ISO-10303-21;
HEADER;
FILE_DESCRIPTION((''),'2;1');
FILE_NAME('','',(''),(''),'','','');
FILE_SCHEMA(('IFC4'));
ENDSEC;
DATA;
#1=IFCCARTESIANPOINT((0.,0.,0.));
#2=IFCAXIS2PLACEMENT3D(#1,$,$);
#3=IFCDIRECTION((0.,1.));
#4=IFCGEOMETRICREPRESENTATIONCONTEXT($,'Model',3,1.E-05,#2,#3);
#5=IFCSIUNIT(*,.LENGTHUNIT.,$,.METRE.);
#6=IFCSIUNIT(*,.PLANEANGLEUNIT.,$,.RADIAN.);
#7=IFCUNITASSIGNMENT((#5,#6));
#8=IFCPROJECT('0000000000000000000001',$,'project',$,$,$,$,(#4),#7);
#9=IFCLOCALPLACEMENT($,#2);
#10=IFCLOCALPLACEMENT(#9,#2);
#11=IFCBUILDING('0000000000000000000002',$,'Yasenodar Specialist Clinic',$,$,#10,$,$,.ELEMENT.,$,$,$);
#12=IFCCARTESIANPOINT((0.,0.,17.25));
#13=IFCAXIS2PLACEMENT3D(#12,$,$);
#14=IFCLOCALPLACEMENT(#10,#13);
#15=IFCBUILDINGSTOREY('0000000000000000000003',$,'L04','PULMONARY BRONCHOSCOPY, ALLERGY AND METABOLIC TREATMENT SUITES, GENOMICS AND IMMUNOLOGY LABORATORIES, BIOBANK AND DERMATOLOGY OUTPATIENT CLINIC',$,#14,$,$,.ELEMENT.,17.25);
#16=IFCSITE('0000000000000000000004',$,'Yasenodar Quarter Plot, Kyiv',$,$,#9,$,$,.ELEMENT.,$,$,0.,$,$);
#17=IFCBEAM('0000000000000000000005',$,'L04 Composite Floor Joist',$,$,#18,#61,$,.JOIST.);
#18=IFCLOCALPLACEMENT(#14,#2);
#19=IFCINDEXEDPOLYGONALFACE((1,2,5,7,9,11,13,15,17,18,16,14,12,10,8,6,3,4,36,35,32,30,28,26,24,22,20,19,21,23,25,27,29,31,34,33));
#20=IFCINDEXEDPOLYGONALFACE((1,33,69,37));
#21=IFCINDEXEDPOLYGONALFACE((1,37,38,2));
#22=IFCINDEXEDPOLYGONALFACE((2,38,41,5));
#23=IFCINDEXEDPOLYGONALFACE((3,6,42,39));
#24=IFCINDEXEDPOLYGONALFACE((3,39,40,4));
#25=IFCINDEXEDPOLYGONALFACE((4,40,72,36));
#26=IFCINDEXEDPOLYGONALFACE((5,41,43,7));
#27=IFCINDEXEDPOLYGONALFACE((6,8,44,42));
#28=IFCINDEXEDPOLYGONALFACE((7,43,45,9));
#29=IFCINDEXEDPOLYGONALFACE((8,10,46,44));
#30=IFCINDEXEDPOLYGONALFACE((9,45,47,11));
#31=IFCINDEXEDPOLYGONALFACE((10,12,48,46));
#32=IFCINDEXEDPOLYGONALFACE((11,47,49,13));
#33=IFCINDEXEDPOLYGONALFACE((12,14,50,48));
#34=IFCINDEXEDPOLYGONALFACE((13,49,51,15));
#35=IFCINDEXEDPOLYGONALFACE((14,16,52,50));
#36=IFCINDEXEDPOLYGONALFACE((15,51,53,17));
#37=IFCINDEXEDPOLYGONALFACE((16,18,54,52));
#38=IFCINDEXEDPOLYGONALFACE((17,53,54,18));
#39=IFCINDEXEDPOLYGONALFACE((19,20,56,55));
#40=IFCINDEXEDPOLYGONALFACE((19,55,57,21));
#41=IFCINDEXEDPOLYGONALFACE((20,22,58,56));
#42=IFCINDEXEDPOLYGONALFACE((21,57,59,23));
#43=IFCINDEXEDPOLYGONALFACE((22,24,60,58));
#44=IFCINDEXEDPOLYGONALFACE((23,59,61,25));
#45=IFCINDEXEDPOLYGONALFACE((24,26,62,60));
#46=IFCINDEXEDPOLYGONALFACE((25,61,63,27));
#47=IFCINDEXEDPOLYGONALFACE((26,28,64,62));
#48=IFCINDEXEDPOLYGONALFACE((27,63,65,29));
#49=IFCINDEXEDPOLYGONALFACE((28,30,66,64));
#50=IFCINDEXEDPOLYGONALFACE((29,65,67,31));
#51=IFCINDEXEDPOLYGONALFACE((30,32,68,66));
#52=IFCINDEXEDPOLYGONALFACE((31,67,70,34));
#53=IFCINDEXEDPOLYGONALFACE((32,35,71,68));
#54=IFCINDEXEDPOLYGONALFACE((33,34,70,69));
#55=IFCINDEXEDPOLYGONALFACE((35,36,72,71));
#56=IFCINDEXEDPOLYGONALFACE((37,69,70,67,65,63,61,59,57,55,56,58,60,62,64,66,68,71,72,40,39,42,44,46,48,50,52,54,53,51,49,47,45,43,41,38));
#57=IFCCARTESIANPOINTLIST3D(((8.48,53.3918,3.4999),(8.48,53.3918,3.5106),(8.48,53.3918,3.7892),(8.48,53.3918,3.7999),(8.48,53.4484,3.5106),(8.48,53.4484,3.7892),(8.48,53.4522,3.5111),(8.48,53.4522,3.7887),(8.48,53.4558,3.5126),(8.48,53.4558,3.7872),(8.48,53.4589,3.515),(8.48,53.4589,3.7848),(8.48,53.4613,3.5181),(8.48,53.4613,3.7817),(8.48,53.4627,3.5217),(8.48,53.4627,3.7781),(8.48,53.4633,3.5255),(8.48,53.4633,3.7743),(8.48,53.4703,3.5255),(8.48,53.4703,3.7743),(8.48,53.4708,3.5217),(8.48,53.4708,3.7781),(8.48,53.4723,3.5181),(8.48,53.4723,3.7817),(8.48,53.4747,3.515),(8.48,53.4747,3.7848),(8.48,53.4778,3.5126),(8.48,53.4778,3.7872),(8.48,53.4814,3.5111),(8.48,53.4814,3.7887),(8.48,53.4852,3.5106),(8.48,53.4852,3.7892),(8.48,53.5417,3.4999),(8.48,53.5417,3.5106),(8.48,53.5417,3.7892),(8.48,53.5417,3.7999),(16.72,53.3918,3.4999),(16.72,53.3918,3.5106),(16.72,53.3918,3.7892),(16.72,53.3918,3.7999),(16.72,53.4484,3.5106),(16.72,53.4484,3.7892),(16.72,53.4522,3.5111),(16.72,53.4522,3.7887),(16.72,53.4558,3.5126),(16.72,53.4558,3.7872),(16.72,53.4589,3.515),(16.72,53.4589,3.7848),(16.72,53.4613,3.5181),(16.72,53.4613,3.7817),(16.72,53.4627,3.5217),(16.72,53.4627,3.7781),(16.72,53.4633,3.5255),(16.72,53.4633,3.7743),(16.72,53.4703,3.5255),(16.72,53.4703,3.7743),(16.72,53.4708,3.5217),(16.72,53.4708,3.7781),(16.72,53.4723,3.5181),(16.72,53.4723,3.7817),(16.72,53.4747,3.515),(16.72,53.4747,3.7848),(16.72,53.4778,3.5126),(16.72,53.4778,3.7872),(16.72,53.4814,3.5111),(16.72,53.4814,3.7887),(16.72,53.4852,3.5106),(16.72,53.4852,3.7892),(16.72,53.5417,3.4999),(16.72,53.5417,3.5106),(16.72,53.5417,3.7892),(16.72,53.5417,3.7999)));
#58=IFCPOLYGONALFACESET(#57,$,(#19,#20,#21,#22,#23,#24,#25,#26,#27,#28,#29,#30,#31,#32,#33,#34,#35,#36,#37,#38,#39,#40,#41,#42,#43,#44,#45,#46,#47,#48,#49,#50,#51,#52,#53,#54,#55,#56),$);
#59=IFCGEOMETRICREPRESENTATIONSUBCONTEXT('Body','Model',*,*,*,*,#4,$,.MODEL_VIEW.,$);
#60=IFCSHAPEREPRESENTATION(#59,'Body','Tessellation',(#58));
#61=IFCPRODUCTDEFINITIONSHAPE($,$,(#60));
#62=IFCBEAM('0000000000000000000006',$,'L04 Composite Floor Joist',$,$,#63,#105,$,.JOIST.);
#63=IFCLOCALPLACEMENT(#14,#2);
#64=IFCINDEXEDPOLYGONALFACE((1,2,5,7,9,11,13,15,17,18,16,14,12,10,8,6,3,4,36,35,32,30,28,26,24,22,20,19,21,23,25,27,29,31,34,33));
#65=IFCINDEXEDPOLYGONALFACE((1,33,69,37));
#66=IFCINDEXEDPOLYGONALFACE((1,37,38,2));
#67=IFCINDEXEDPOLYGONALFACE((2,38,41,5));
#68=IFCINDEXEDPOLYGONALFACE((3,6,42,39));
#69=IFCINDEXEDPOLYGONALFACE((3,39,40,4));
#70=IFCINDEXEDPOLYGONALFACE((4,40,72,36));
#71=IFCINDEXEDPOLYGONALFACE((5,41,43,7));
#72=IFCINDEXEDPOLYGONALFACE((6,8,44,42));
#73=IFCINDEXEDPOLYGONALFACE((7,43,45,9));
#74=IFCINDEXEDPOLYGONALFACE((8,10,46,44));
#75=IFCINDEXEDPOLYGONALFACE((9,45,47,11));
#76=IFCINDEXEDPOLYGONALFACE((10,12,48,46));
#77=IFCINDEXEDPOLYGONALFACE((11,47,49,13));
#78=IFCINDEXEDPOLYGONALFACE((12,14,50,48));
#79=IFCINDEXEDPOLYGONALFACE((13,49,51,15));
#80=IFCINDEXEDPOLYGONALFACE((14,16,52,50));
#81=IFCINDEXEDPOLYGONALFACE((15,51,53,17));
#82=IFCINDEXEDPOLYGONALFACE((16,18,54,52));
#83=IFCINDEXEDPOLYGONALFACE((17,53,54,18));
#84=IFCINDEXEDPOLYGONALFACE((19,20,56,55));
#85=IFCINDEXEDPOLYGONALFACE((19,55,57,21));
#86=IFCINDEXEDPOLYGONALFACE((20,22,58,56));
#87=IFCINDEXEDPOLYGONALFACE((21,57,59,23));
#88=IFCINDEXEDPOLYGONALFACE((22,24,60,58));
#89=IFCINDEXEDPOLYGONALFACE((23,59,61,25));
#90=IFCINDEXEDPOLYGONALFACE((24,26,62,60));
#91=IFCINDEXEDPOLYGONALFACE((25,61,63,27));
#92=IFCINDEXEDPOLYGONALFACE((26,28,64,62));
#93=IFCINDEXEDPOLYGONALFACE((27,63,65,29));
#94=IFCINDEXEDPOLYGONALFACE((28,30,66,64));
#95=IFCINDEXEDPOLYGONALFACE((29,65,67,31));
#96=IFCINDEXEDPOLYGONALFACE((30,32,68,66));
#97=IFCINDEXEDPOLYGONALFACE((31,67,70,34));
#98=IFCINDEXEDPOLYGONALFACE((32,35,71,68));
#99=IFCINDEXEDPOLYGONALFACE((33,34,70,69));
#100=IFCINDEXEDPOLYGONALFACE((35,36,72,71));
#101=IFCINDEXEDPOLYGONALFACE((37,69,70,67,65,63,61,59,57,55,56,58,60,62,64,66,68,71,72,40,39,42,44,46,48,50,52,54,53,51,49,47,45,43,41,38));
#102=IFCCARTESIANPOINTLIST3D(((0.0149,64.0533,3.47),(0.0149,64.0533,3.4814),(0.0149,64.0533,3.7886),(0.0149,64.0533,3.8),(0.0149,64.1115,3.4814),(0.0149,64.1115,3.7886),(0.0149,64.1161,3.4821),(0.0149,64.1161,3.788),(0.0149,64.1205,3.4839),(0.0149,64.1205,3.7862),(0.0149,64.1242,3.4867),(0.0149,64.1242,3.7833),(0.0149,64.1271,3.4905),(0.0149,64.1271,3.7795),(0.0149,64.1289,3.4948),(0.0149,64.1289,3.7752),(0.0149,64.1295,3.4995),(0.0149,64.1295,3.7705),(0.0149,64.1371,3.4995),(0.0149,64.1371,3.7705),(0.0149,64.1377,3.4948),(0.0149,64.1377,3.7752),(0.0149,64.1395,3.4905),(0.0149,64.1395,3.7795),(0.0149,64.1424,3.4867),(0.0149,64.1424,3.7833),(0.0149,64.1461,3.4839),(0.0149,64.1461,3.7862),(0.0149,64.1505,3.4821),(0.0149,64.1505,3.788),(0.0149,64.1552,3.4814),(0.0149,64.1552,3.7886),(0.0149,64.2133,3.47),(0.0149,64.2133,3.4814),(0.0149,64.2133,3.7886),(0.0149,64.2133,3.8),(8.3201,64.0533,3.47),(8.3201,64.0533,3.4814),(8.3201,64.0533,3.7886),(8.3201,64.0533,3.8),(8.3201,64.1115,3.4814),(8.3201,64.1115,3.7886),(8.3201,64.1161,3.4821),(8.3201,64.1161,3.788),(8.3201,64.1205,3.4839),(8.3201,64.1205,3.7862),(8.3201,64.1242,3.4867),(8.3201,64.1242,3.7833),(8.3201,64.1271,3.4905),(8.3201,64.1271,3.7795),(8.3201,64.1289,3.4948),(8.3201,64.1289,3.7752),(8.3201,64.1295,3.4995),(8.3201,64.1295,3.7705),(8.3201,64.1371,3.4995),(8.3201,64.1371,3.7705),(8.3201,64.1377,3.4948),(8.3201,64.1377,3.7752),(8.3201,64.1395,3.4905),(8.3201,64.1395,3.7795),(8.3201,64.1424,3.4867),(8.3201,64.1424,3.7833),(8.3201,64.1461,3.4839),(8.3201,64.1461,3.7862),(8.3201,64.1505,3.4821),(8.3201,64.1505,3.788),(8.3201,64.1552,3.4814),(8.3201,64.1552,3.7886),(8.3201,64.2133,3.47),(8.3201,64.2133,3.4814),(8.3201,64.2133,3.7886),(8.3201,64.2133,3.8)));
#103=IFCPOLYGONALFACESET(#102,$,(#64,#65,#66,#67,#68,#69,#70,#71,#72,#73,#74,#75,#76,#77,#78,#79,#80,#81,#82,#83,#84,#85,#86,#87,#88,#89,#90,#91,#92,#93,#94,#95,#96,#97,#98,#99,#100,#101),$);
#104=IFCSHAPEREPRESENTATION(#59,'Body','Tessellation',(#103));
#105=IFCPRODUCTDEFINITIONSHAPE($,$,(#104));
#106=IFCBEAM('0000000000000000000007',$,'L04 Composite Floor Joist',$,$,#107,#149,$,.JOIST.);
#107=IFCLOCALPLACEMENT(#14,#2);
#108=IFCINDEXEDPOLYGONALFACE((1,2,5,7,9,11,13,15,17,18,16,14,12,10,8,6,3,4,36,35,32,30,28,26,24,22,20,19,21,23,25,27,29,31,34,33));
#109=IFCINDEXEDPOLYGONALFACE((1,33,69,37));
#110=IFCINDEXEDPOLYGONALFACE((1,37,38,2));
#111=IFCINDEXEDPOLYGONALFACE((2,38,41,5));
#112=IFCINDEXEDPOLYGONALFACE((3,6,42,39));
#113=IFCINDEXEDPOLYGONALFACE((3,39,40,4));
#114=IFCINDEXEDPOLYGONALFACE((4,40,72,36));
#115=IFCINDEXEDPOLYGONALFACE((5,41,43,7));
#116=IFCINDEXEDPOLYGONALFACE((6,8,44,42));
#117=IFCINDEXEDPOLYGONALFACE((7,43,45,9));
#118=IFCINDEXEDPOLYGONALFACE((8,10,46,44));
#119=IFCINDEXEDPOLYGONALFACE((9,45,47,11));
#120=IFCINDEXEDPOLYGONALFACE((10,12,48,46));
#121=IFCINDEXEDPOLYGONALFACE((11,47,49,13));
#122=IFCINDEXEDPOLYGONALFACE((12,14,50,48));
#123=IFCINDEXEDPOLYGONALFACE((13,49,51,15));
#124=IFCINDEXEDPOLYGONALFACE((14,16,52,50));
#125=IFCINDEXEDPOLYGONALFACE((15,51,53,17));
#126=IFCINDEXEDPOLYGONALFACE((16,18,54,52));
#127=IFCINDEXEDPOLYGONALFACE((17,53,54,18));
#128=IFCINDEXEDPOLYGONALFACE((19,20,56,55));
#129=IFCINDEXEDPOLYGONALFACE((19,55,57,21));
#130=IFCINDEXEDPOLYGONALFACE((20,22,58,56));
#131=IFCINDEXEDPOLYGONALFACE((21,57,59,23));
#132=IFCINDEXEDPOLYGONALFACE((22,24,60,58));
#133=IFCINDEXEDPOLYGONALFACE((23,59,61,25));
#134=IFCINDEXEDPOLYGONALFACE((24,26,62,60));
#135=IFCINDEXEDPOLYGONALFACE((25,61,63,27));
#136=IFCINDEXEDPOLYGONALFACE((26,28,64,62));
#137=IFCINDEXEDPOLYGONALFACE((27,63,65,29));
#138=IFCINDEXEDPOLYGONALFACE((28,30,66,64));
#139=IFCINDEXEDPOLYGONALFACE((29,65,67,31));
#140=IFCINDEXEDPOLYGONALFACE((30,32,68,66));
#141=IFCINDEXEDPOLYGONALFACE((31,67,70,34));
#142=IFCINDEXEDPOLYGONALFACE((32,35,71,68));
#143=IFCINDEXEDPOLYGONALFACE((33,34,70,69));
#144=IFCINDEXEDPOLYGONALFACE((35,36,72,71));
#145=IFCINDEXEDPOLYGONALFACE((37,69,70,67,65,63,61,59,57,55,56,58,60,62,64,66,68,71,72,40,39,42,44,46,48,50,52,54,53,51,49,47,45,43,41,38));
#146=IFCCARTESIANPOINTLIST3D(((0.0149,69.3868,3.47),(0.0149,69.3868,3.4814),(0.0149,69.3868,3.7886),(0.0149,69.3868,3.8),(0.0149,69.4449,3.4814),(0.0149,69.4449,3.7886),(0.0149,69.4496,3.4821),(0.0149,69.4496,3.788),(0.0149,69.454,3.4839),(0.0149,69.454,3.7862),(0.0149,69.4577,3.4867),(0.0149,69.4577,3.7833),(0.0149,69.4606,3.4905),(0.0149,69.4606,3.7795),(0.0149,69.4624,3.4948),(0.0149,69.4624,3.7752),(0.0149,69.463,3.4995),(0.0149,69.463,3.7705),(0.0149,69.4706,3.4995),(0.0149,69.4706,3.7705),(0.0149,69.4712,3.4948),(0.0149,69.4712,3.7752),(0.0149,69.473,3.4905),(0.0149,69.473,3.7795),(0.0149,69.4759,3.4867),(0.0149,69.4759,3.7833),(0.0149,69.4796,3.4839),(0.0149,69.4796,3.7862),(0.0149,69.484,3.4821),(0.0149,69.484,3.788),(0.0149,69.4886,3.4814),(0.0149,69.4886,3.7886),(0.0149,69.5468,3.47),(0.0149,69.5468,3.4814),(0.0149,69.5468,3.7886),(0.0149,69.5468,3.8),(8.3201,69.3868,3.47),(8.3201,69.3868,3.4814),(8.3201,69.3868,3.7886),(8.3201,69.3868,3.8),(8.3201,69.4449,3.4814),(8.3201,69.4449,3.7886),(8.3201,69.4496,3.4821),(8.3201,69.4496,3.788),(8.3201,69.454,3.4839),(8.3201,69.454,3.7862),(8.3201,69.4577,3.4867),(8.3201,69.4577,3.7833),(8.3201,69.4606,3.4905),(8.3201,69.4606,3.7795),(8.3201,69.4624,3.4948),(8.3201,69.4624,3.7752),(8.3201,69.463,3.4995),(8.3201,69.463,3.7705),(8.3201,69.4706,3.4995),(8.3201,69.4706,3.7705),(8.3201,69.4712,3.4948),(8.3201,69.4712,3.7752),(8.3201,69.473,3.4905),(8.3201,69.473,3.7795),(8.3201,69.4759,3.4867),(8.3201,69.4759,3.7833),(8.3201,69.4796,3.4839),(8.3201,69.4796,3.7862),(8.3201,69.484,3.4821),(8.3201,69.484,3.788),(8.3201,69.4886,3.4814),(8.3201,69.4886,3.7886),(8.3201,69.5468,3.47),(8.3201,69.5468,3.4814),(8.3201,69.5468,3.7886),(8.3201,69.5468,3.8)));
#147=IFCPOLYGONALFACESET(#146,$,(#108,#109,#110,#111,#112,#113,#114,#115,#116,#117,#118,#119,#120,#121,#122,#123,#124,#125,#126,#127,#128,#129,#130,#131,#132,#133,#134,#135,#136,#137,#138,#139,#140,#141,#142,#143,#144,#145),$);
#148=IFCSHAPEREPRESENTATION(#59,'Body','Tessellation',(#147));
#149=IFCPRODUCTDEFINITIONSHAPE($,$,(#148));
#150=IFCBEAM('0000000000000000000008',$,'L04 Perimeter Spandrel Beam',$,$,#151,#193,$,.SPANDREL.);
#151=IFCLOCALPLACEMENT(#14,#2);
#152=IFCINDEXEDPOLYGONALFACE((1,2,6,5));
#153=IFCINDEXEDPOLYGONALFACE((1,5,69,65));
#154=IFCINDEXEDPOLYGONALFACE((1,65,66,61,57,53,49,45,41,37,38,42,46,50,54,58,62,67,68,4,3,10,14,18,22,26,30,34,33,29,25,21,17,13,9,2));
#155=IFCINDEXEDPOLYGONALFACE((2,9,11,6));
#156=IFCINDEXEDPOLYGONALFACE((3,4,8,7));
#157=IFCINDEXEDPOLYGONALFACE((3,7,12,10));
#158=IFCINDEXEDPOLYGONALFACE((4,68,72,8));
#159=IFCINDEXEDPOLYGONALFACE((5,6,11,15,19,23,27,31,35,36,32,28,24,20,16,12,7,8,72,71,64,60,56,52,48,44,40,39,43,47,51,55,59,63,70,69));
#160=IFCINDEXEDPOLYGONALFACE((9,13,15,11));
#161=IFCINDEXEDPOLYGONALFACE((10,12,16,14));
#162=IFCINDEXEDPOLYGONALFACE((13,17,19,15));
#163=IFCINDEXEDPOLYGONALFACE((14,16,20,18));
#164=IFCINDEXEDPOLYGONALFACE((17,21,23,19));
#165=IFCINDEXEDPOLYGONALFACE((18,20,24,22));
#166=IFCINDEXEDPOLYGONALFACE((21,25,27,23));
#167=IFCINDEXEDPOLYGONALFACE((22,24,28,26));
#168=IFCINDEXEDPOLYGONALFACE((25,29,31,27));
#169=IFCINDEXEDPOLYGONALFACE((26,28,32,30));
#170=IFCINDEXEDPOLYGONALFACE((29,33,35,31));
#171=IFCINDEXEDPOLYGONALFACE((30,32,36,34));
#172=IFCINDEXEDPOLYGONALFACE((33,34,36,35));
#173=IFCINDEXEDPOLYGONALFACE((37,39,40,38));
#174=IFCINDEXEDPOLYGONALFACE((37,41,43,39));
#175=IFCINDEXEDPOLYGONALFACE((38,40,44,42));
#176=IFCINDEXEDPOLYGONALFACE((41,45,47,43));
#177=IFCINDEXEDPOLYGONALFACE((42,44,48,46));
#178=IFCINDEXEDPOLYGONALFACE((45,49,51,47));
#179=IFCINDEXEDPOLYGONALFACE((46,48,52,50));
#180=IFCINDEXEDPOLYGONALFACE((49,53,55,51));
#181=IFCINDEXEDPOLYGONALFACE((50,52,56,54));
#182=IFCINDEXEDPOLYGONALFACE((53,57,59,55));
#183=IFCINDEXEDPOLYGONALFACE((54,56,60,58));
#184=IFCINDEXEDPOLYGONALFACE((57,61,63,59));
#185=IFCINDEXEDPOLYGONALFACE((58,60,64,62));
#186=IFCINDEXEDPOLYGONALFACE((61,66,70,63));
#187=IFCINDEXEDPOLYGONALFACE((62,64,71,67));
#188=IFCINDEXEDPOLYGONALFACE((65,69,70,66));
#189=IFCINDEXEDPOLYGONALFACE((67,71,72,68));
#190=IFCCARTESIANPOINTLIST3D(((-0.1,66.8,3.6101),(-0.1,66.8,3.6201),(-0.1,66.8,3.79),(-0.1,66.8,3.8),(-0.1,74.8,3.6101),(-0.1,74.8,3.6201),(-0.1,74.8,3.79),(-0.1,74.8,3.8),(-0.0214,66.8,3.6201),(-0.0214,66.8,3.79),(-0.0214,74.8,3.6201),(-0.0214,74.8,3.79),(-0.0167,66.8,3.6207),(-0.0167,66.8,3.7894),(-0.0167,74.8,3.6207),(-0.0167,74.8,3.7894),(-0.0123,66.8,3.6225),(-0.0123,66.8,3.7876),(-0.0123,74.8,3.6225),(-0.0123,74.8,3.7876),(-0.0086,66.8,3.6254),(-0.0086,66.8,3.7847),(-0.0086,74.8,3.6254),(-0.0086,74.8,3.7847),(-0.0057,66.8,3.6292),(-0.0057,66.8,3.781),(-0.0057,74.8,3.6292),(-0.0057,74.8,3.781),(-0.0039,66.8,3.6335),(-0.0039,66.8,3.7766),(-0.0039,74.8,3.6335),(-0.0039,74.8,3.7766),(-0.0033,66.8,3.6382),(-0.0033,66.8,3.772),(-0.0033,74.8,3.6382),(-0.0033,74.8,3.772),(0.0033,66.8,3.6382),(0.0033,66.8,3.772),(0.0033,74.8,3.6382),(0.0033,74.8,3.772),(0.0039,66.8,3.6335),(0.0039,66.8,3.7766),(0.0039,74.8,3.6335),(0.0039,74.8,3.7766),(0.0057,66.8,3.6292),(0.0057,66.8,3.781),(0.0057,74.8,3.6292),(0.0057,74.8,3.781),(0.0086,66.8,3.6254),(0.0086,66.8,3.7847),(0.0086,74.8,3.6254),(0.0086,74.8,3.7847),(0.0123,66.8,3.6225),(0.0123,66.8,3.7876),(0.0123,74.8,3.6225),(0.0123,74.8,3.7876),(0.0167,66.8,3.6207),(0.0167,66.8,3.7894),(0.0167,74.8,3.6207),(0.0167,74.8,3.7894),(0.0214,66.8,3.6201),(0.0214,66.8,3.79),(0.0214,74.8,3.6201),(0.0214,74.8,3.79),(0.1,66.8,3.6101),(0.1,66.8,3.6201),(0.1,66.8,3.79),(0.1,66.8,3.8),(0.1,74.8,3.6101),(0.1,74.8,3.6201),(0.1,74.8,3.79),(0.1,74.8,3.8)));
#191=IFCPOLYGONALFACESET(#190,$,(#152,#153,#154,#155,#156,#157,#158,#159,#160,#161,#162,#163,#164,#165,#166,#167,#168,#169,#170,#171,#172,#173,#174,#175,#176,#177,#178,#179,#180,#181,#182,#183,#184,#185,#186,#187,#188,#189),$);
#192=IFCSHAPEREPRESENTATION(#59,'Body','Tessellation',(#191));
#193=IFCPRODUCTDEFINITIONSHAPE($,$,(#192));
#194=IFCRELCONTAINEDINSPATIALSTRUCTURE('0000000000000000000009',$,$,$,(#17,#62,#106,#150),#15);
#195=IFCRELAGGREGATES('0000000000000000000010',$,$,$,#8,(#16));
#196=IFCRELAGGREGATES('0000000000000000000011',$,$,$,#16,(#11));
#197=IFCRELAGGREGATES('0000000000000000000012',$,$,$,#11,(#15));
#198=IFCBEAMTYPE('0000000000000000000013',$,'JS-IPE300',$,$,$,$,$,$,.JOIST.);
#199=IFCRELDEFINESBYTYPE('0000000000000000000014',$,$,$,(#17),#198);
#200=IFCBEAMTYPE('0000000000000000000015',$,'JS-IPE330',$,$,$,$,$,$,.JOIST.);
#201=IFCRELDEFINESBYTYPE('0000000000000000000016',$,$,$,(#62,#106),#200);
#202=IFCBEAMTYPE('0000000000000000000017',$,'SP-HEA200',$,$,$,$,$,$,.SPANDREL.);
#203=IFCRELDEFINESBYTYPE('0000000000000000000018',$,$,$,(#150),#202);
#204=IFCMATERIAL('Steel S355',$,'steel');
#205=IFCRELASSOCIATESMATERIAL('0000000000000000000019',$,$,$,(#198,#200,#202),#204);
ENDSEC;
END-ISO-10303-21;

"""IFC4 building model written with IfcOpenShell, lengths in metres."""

from ifc_helpers import new_model, si_unit, direction, frame, origin, origin_2d, place, context, subcontext, project, spatial, i_section, extrude, material, material_profile, profile_set, type_object, element, save


model = new_model("IFC4")

# Units and contexts
model_context = context("Model", 3, precision=1e-05, world=origin(), true_north=direction((0.0, 1.0)))
body_context = subcontext(model_context, "Body", "Model", "MODEL_VIEW")
ifc_project = project(units=[si_unit("LENGTHUNIT", "METRE"), si_unit("PLANEANGLEUNIT", "RADIAN")], contexts=[model_context])

# Site, building, storey
site_placement = place(None, origin())
site = spatial("IfcSite", under=ifc_project, at=site_placement, Name="Yasenodar Quarter Plot, Kyiv", CompositionType="ELEMENT", RefElevation=0.0)
building_placement = place(site_placement, origin())
building = spatial("IfcBuilding", under=site, at=building_placement, Name="Yasenodar Specialist Clinic", CompositionType="ELEMENT")
storey_placement = place(building_placement, frame((0.0, 0.0, 17.25)))
storey = spatial("IfcBuildingStorey", under=building, at=storey_placement, Name="L04", Description="PULMONARY BRONCHOSCOPY, ALLERGY AND METABOLIC TREATMENT SUITES, GENOMICS AND IMMUNOLOGY LABORATORIES, BIOBANK AND DERMATOLOGY OUTPATIENT CLINIC", CompositionType="ELEMENT", Elevation=17.25)

# Shared definitions
ifc_material_1 = material(Name="Steel S355", Category="steel")

# Beams
ifc_material_profile_1 = material_profile(ifc_material_1, i_section(OverallWidth=0.1499, OverallDepth=0.3, WebThickness=0.0071, FlangeThickness=0.0107, FilletRadius=0.0149, at=origin_2d()), Name="IPE 300")
ifc_profile_set_1 = profile_set([ifc_material_profile_1], Name="Steel S355")
beam_type_1 = type_object("IfcBeamType", Name="JS-IPE300", PredefinedType="JOIST", material=ifc_profile_set_1)
beam_1_placement = place(storey_placement, frame((8.48, 53.4668, 3.6499), z_axis=(1.0, 0.0, 0.0), x_axis=(0.0, 1.0, 0.0)))
element("IfcBeam", 1, at=beam_1_placement, inside=storey, type_object=beam_type_1, Name="L04 Composite Floor Joist", PredefinedType="JOIST", context=body_context, shape_type="SweptSolid", body=[
    extrude(i_section(OverallWidth=0.1499, OverallDepth=0.3, WebThickness=0.0071, FlangeThickness=0.0107, FilletRadius=0.0149, at=origin_2d()), origin(), (0.0, 0.0, 1.0), 8.24),
])
ifc_material_profile_2 = material_profile(ifc_material_1, i_section(OverallWidth=0.1599, OverallDepth=0.3301, WebThickness=0.0076, FlangeThickness=0.0115, FilletRadius=0.0181, at=origin_2d()), Name="IPE 330")
ifc_profile_set_2 = profile_set([ifc_material_profile_2], Name="Steel S355")
beam_type_2 = type_object("IfcBeamType", Name="JS-IPE330", PredefinedType="JOIST", material=ifc_profile_set_2)
for number, where, z_axis, x_axis, name in (
    (2, (0.0149, 64.1333, 3.635), (1.0, 0.0, 0.0), (0.0, 1.0, 0.0), "L04 Composite Floor Joist"),
    (3, (0.0149, 69.4668, 3.635), (1.0, 0.0, 0.0), (0.0, 1.0, 0.0), "L04 Composite Floor Joist"),
):
    element("IfcBeam", number, at=place(storey_placement, frame(where, z_axis=z_axis, x_axis=x_axis)), inside=storey, type_object=beam_type_2, Name=name, PredefinedType="JOIST", context=body_context, shape_type="SweptSolid", body=[
        extrude(i_section(OverallWidth=0.1599, OverallDepth=0.3301, WebThickness=0.0076, FlangeThickness=0.0115, FilletRadius=0.0181, at=origin_2d()), origin(), (0.0, 0.0, 1.0), 8.3052),
    ])
ifc_material_profile_3 = material_profile(ifc_material_1, i_section(OverallWidth=0.2, OverallDepth=0.1899, WebThickness=0.0066, FlangeThickness=0.01, FilletRadius=0.0181, at=origin_2d()), Name="HEA 200")
ifc_profile_set_3 = profile_set([ifc_material_profile_3], Name="Steel S355")
beam_type_3 = type_object("IfcBeamType", Name="SP-HEA200", PredefinedType="SPANDREL", material=ifc_profile_set_3)
beam_2_placement = place(storey_placement, frame((0.0, 66.8, 3.7051), z_axis=(0.0, 1.0, 0.0), x_axis=(-1.0, 0.0, 0.0)))
element("IfcBeam", 4, at=beam_2_placement, inside=storey, type_object=beam_type_3, Name="L04 Perimeter Spandrel Beam", PredefinedType="SPANDREL", context=body_context, shape_type="SweptSolid", body=[
    extrude(i_section(OverallWidth=0.2, OverallDepth=0.1899, WebThickness=0.0066, FlangeThickness=0.01, FilletRadius=0.0181, at=origin_2d()), origin(), (0.0, 0.0, 1.0), 8.0),
])

save(model, "model.ifc")
